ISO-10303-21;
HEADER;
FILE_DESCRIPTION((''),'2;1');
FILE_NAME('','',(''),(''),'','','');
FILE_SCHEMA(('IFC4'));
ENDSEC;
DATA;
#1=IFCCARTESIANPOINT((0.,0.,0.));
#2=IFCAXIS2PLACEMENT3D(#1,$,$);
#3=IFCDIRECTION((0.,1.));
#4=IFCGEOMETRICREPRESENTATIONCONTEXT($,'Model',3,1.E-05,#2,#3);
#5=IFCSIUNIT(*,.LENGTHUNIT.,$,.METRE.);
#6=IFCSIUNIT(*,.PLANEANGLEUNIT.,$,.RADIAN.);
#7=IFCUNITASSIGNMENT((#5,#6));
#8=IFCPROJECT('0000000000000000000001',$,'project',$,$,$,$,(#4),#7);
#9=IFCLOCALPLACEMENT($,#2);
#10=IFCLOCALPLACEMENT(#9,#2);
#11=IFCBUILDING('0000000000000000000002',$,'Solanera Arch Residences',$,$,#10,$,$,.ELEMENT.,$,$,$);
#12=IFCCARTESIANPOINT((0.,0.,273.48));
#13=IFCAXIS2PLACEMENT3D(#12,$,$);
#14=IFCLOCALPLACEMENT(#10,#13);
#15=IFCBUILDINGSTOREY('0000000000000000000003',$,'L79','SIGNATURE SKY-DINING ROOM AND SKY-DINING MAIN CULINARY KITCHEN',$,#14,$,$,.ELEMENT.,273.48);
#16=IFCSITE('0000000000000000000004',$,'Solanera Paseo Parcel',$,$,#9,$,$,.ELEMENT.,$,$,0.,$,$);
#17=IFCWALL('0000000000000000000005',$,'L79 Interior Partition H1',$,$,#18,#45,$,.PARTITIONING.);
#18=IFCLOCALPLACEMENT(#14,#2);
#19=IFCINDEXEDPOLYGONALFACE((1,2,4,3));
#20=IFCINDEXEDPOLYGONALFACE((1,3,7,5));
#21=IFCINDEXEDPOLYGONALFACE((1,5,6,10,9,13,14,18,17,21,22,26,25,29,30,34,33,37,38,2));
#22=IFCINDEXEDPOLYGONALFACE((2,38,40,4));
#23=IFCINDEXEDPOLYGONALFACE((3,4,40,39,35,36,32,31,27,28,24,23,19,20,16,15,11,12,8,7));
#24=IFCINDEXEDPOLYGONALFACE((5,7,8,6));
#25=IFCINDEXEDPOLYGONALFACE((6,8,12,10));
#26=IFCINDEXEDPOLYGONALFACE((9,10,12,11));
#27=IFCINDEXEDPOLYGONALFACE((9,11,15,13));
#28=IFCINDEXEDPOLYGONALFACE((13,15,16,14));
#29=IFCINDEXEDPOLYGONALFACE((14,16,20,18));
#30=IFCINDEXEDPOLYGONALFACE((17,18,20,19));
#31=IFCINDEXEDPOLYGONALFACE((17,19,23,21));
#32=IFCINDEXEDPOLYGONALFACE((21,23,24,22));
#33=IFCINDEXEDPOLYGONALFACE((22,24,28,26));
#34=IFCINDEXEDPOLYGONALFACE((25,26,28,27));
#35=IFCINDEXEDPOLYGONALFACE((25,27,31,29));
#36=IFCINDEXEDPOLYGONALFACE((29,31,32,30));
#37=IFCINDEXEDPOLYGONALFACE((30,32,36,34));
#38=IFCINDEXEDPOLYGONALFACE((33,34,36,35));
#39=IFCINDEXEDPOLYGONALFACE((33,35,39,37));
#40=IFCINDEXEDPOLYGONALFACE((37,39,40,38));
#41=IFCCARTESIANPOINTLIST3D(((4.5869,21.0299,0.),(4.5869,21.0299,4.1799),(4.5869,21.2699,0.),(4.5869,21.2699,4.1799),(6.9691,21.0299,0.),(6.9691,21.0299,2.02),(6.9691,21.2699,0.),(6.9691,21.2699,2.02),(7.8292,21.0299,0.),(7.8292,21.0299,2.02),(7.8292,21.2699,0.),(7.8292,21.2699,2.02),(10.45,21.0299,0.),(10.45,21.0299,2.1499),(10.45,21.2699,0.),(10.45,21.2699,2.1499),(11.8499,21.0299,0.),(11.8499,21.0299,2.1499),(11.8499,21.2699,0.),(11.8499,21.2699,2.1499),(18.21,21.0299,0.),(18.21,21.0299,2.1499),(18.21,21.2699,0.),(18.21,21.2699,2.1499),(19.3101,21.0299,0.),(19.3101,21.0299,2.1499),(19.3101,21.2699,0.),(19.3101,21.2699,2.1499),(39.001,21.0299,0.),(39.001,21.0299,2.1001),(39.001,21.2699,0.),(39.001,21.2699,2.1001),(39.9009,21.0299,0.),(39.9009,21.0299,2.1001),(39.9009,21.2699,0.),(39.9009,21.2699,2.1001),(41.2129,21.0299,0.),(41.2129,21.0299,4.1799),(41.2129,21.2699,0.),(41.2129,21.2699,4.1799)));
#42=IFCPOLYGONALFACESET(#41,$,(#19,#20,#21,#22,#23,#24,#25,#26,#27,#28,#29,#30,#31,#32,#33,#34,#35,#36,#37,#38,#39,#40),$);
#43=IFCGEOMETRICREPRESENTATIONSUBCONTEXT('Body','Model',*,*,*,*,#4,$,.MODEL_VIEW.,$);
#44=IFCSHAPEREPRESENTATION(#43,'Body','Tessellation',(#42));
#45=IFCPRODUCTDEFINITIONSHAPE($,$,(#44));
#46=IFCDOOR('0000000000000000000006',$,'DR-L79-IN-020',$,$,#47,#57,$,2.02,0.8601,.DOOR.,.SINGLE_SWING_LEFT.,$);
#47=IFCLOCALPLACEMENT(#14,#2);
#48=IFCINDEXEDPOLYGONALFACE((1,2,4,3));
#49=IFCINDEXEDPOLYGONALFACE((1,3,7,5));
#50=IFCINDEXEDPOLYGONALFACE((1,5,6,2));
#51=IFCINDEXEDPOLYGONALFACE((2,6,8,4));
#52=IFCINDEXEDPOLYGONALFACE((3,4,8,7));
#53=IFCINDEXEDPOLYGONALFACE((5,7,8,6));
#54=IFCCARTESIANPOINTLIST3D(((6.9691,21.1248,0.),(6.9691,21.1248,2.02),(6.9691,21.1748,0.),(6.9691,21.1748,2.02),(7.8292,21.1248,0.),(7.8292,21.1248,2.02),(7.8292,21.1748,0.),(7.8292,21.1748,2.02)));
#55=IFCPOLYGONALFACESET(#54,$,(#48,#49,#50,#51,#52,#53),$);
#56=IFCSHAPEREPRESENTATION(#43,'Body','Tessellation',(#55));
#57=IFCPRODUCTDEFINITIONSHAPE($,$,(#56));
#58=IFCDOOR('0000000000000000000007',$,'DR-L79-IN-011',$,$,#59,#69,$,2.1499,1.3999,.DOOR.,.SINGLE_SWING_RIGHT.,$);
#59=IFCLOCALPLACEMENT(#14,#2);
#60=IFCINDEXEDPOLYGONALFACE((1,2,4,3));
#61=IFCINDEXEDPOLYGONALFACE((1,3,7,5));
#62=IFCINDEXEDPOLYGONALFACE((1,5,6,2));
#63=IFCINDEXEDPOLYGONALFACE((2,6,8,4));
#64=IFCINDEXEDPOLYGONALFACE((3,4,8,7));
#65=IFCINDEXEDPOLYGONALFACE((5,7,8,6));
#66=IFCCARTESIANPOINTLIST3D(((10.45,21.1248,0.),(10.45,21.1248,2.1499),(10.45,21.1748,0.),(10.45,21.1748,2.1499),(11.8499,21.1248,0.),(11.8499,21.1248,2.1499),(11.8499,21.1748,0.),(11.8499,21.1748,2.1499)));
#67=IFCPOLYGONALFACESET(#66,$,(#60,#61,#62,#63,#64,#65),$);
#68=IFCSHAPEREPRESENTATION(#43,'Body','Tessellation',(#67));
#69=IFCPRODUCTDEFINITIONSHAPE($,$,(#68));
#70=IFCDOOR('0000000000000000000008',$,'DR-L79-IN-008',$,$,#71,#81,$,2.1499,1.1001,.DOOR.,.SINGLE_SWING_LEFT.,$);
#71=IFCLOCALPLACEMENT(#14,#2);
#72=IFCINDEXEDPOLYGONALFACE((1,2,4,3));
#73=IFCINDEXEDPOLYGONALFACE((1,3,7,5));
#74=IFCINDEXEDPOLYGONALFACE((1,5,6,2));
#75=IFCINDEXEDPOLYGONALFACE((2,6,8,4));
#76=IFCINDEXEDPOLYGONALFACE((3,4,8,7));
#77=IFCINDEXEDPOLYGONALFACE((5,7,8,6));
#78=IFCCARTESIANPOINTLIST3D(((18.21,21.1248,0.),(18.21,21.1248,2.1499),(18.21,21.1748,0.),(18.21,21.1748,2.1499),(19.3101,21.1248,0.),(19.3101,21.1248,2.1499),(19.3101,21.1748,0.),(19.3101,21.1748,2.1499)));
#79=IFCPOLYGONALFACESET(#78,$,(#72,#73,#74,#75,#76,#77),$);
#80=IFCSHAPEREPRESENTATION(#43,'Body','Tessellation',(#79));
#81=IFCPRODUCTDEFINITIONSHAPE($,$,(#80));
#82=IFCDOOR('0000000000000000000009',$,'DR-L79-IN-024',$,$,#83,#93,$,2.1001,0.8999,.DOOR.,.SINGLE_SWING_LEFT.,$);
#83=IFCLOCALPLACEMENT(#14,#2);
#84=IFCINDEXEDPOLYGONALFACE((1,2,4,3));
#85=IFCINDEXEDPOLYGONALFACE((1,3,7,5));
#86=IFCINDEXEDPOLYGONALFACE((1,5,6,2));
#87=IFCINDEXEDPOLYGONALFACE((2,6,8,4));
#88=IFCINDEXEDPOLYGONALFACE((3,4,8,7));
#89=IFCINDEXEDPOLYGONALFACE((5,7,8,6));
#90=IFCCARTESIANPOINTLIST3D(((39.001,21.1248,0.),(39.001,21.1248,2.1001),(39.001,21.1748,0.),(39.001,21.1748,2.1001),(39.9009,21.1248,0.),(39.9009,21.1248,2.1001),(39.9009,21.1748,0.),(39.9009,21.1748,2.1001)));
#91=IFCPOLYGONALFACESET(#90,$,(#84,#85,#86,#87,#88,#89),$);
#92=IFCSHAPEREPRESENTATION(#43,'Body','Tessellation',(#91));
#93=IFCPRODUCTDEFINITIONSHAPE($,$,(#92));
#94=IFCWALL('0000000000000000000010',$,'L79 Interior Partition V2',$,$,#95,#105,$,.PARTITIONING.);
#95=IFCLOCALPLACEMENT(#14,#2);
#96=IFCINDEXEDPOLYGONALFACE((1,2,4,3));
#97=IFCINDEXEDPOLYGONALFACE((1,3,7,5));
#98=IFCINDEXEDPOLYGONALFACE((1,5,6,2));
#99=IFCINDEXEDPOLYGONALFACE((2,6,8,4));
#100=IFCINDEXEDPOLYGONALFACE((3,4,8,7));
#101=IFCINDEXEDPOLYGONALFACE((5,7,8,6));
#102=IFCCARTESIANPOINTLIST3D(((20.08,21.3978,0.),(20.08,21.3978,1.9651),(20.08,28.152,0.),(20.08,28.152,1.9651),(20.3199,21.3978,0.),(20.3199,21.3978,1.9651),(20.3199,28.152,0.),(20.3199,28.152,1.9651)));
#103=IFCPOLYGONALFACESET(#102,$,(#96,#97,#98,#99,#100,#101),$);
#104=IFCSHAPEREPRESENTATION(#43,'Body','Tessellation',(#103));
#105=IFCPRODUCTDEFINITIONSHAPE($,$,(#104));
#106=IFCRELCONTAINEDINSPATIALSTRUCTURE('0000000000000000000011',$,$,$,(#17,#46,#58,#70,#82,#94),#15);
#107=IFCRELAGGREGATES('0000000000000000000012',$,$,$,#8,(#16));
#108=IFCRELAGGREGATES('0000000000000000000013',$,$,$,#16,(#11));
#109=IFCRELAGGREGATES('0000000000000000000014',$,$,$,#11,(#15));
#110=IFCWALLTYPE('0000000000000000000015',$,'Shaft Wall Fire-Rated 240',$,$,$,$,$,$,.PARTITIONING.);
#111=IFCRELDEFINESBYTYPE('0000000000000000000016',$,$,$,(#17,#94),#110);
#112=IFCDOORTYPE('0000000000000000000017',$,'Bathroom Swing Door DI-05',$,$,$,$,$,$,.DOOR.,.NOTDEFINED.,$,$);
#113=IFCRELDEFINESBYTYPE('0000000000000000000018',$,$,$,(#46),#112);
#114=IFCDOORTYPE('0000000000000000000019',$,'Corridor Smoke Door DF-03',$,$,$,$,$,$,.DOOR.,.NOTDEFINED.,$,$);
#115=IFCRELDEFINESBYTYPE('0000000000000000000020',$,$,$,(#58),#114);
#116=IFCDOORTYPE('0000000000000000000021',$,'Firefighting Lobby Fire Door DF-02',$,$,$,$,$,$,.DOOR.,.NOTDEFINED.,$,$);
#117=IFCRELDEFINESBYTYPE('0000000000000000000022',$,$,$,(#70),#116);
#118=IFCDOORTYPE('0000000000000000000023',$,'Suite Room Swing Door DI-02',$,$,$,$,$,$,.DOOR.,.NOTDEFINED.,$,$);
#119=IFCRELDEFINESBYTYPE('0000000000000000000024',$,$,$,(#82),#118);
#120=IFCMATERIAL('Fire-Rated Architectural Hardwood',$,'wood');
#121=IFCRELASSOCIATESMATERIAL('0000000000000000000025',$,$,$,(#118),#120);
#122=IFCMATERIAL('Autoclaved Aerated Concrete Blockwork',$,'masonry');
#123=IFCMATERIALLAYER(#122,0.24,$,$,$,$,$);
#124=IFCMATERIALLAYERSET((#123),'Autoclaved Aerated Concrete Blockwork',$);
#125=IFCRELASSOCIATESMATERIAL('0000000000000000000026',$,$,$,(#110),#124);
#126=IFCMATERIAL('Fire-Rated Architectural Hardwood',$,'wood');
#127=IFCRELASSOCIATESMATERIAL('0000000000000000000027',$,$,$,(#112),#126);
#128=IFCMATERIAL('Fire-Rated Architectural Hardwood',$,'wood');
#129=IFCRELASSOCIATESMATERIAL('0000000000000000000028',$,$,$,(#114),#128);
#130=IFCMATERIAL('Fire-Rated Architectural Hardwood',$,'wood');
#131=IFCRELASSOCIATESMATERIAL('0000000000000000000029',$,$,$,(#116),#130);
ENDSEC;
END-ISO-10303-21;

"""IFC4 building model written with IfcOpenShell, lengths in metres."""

from ifc_helpers import new_model, si_unit, direction, frame, frame_2d, origin, place, context, subcontext, project, spatial, rectangle, extrude, material, layer, layer_set, type_object, element, fill, save


model = new_model("IFC4")

# Units and contexts
model_context = context("Model", 3, precision=1e-05, world=origin(), true_north=direction((0.0, 1.0)))
body_context = subcontext(model_context, "Body", "Model", "MODEL_VIEW")
ifc_project = project(units=[si_unit("LENGTHUNIT", "METRE"), si_unit("PLANEANGLEUNIT", "RADIAN")], contexts=[model_context])

# Site, building, storey
site_placement = place(None, origin())
site = spatial("IfcSite", under=ifc_project, at=site_placement, Name="Solanera Paseo Parcel", CompositionType="ELEMENT", RefElevation=0.0)
building_placement = place(site_placement, origin())
building = spatial("IfcBuilding", under=site, at=building_placement, Name="Solanera Arch Residences", CompositionType="ELEMENT")
storey_placement = place(building_placement, frame((0.0, 0.0, 273.48)))
storey = spatial("IfcBuildingStorey", under=building, at=storey_placement, Name="L79", Description="SIGNATURE SKY-DINING ROOM AND SKY-DINING MAIN CULINARY KITCHEN", CompositionType="ELEMENT", Elevation=273.48)

# Shared definitions
ifc_material_1 = material(Name="Fire-Rated Architectural Hardwood", Category="wood")
door_type_1 = type_object("IfcDoorType", Name="Suite Room Swing Door DI-02", OperationType="NOTDEFINED", PredefinedType="DOOR", material=ifc_material_1)

# Wall, openings, doors
ifc_material_2 = material(Name="Autoclaved Aerated Concrete Blockwork", Category="masonry")
ifc_layer_1 = layer(ifc_material_2, 0.24)
ifc_layer_set_1 = layer_set([ifc_layer_1], Name="Autoclaved Aerated Concrete Blockwork")
wall_type_1 = type_object("IfcWallType", Name="Shaft Wall Fire-Rated 240", PredefinedType="PARTITIONING", material=ifc_layer_set_1)
wall_1_placement = place(storey_placement, frame((4.5869, 21.1499, 0.0), z_axis=(0.0, 0.0, 1.0), x_axis=(1.0, 0.0, 0.0)))
wall_1 = element("IfcWall", 1, at=wall_1_placement, inside=storey, type_object=wall_type_1, Name="L79 Interior Partition H1", PredefinedType="PARTITIONING", context=body_context, shape_type="SweptSolid", body=[
    extrude(rectangle(XDim=36.626, YDim=0.24, at=frame_2d((18.313, 0.0))), origin(), (0.0, 0.0, 1.0), 4.1799),
])
opening_1_placement = place(wall_1_placement, frame((13.623, 0.0, 0.0)))
opening_1 = element("IfcOpeningElement", 2, at=opening_1_placement, cuts=wall_1, PredefinedType="OPENING", context=body_context, shape_type="SweptSolid", body=[
    extrude(rectangle(XDim=1.1001, YDim=2.1499, at=frame_2d((0.55, 1.075))), frame((0.0, 0.1299, 0.0), z_axis=(0.0, -1.0, 0.0), x_axis=(1.0, 0.0, 0.0)), (0.0, 0.0, 1.0), 0.26),
])
opening_2_placement = place(wall_1_placement, frame((5.863, 0.0, 0.0)))
opening_2 = element("IfcOpeningElement", 3, at=opening_2_placement, cuts=wall_1, PredefinedType="OPENING", context=body_context, shape_type="SweptSolid", body=[
    extrude(rectangle(XDim=1.3999, YDim=2.1499, at=frame_2d((0.7, 1.075))), frame((0.0, 0.1299, 0.0), z_axis=(0.0, -1.0, 0.0), x_axis=(1.0, 0.0, 0.0)), (0.0, 0.0, 1.0), 0.26),
])
opening_3_placement = place(wall_1_placement, frame((2.3821, 0.0, 0.0)))
opening_3 = element("IfcOpeningElement", 4, at=opening_3_placement, cuts=wall_1, PredefinedType="OPENING", context=body_context, shape_type="SweptSolid", body=[
    extrude(rectangle(XDim=0.8601, YDim=2.02, at=frame_2d((0.4302, 1.01))), frame((0.0, 0.1299, 0.0), z_axis=(0.0, -1.0, 0.0), x_axis=(1.0, 0.0, 0.0)), (0.0, 0.0, 1.0), 0.26),
])
opening_4_placement = place(wall_1_placement, frame((34.4141, 0.0, 0.0)))
opening_4 = element("IfcOpeningElement", 5, at=opening_4_placement, cuts=wall_1, PredefinedType="OPENING", context=body_context, shape_type="SweptSolid", body=[
    extrude(rectangle(XDim=0.8999, YDim=2.1001, at=frame_2d((0.45, 1.05))), frame((0.0, 0.1299, 0.0), z_axis=(0.0, -1.0, 0.0), x_axis=(1.0, 0.0, 0.0)), (0.0, 0.0, 1.0), 0.26),
])
ifc_material_3 = material(Name="Fire-Rated Architectural Hardwood", Category="wood")
door_type_2 = type_object("IfcDoorType", Name="Bathroom Swing Door DI-05", OperationType="NOTDEFINED", PredefinedType="DOOR", material=ifc_material_3)
door_1_placement = place(opening_3_placement, origin())
door_1 = element("IfcDoor", 6, at=door_1_placement, inside=storey, type_object=door_type_2, Name="DR-L79-IN-020", OperationType="SINGLE_SWING_LEFT", OverallHeight=2.02, OverallWidth=0.8601, PredefinedType="DOOR", context=body_context, shape_type="SweptSolid", body=[
    extrude(rectangle(XDim=0.8601, YDim=2.02, at=frame_2d((0.4302, 1.01))), frame((0.0, 0.0249, 0.0), z_axis=(0.0, -1.0, 0.0), x_axis=(1.0, 0.0, 0.0)), (0.0, 0.0, 1.0), 0.05),
])
fill(opening_3, door_1)
ifc_material_4 = material(Name="Fire-Rated Architectural Hardwood", Category="wood")
door_type_3 = type_object("IfcDoorType", Name="Corridor Smoke Door DF-03", OperationType="NOTDEFINED", PredefinedType="DOOR", material=ifc_material_4)
door_2_placement = place(opening_2_placement, origin())
door_2 = element("IfcDoor", 7, at=door_2_placement, inside=storey, type_object=door_type_3, Name="DR-L79-IN-011", OperationType="SINGLE_SWING_RIGHT", OverallHeight=2.1499, OverallWidth=1.3999, PredefinedType="DOOR", context=body_context, shape_type="SweptSolid", body=[
    extrude(rectangle(XDim=1.3999, YDim=2.1499, at=frame_2d((0.7, 1.075))), frame((0.0, 0.0249, 0.0), z_axis=(0.0, -1.0, 0.0), x_axis=(1.0, 0.0, 0.0)), (0.0, 0.0, 1.0), 0.05),
])
fill(opening_2, door_2)
ifc_material_5 = material(Name="Fire-Rated Architectural Hardwood", Category="wood")
door_type_4 = type_object("IfcDoorType", Name="Firefighting Lobby Fire Door DF-02", OperationType="NOTDEFINED", PredefinedType="DOOR", material=ifc_material_5)
door_3_placement = place(opening_1_placement, origin())
door_3 = element("IfcDoor", 8, at=door_3_placement, inside=storey, type_object=door_type_4, Name="DR-L79-IN-008", OperationType="SINGLE_SWING_LEFT", OverallHeight=2.1499, OverallWidth=1.1001, PredefinedType="DOOR", context=body_context, shape_type="SweptSolid", body=[
    extrude(rectangle(XDim=1.1001, YDim=2.1499, at=frame_2d((0.55, 1.075))), frame((0.0, 0.0249, 0.0), z_axis=(0.0, -1.0, 0.0), x_axis=(1.0, 0.0, 0.0)), (0.0, 0.0, 1.0), 0.05),
])
fill(opening_1, door_3)
door_4_placement = place(opening_4_placement, origin())
door_4 = element("IfcDoor", 9, at=door_4_placement, inside=storey, type_object=door_type_1, Name="DR-L79-IN-024", OperationType="SINGLE_SWING_LEFT", OverallHeight=2.1001, OverallWidth=0.8999, PredefinedType="DOOR", context=body_context, shape_type="SweptSolid", body=[
    extrude(rectangle(XDim=0.8999, YDim=2.1001, at=frame_2d((0.45, 1.05))), frame((0.0, 0.0249, 0.0), z_axis=(0.0, -1.0, 0.0), x_axis=(1.0, 0.0, 0.0)), (0.0, 0.0, 1.0), 0.05),
])
fill(opening_4, door_4)

# Wall
wall_2_placement = place(storey_placement, frame((20.2, 21.3979, 0.0), z_axis=(0.0, 0.0, 1.0), x_axis=(0.0, 1.0, 0.0)))
element("IfcWall", 10, at=wall_2_placement, inside=storey, type_object=wall_type_1, Name="L79 Interior Partition V2", PredefinedType="PARTITIONING", context=body_context, shape_type="SweptSolid", body=[
    extrude(rectangle(XDim=6.7542, YDim=0.24, at=frame_2d((3.377, 0.0))), origin(), (0.0, 0.0, 1.0), 1.9651),
])

save(model, "model.ifc")
